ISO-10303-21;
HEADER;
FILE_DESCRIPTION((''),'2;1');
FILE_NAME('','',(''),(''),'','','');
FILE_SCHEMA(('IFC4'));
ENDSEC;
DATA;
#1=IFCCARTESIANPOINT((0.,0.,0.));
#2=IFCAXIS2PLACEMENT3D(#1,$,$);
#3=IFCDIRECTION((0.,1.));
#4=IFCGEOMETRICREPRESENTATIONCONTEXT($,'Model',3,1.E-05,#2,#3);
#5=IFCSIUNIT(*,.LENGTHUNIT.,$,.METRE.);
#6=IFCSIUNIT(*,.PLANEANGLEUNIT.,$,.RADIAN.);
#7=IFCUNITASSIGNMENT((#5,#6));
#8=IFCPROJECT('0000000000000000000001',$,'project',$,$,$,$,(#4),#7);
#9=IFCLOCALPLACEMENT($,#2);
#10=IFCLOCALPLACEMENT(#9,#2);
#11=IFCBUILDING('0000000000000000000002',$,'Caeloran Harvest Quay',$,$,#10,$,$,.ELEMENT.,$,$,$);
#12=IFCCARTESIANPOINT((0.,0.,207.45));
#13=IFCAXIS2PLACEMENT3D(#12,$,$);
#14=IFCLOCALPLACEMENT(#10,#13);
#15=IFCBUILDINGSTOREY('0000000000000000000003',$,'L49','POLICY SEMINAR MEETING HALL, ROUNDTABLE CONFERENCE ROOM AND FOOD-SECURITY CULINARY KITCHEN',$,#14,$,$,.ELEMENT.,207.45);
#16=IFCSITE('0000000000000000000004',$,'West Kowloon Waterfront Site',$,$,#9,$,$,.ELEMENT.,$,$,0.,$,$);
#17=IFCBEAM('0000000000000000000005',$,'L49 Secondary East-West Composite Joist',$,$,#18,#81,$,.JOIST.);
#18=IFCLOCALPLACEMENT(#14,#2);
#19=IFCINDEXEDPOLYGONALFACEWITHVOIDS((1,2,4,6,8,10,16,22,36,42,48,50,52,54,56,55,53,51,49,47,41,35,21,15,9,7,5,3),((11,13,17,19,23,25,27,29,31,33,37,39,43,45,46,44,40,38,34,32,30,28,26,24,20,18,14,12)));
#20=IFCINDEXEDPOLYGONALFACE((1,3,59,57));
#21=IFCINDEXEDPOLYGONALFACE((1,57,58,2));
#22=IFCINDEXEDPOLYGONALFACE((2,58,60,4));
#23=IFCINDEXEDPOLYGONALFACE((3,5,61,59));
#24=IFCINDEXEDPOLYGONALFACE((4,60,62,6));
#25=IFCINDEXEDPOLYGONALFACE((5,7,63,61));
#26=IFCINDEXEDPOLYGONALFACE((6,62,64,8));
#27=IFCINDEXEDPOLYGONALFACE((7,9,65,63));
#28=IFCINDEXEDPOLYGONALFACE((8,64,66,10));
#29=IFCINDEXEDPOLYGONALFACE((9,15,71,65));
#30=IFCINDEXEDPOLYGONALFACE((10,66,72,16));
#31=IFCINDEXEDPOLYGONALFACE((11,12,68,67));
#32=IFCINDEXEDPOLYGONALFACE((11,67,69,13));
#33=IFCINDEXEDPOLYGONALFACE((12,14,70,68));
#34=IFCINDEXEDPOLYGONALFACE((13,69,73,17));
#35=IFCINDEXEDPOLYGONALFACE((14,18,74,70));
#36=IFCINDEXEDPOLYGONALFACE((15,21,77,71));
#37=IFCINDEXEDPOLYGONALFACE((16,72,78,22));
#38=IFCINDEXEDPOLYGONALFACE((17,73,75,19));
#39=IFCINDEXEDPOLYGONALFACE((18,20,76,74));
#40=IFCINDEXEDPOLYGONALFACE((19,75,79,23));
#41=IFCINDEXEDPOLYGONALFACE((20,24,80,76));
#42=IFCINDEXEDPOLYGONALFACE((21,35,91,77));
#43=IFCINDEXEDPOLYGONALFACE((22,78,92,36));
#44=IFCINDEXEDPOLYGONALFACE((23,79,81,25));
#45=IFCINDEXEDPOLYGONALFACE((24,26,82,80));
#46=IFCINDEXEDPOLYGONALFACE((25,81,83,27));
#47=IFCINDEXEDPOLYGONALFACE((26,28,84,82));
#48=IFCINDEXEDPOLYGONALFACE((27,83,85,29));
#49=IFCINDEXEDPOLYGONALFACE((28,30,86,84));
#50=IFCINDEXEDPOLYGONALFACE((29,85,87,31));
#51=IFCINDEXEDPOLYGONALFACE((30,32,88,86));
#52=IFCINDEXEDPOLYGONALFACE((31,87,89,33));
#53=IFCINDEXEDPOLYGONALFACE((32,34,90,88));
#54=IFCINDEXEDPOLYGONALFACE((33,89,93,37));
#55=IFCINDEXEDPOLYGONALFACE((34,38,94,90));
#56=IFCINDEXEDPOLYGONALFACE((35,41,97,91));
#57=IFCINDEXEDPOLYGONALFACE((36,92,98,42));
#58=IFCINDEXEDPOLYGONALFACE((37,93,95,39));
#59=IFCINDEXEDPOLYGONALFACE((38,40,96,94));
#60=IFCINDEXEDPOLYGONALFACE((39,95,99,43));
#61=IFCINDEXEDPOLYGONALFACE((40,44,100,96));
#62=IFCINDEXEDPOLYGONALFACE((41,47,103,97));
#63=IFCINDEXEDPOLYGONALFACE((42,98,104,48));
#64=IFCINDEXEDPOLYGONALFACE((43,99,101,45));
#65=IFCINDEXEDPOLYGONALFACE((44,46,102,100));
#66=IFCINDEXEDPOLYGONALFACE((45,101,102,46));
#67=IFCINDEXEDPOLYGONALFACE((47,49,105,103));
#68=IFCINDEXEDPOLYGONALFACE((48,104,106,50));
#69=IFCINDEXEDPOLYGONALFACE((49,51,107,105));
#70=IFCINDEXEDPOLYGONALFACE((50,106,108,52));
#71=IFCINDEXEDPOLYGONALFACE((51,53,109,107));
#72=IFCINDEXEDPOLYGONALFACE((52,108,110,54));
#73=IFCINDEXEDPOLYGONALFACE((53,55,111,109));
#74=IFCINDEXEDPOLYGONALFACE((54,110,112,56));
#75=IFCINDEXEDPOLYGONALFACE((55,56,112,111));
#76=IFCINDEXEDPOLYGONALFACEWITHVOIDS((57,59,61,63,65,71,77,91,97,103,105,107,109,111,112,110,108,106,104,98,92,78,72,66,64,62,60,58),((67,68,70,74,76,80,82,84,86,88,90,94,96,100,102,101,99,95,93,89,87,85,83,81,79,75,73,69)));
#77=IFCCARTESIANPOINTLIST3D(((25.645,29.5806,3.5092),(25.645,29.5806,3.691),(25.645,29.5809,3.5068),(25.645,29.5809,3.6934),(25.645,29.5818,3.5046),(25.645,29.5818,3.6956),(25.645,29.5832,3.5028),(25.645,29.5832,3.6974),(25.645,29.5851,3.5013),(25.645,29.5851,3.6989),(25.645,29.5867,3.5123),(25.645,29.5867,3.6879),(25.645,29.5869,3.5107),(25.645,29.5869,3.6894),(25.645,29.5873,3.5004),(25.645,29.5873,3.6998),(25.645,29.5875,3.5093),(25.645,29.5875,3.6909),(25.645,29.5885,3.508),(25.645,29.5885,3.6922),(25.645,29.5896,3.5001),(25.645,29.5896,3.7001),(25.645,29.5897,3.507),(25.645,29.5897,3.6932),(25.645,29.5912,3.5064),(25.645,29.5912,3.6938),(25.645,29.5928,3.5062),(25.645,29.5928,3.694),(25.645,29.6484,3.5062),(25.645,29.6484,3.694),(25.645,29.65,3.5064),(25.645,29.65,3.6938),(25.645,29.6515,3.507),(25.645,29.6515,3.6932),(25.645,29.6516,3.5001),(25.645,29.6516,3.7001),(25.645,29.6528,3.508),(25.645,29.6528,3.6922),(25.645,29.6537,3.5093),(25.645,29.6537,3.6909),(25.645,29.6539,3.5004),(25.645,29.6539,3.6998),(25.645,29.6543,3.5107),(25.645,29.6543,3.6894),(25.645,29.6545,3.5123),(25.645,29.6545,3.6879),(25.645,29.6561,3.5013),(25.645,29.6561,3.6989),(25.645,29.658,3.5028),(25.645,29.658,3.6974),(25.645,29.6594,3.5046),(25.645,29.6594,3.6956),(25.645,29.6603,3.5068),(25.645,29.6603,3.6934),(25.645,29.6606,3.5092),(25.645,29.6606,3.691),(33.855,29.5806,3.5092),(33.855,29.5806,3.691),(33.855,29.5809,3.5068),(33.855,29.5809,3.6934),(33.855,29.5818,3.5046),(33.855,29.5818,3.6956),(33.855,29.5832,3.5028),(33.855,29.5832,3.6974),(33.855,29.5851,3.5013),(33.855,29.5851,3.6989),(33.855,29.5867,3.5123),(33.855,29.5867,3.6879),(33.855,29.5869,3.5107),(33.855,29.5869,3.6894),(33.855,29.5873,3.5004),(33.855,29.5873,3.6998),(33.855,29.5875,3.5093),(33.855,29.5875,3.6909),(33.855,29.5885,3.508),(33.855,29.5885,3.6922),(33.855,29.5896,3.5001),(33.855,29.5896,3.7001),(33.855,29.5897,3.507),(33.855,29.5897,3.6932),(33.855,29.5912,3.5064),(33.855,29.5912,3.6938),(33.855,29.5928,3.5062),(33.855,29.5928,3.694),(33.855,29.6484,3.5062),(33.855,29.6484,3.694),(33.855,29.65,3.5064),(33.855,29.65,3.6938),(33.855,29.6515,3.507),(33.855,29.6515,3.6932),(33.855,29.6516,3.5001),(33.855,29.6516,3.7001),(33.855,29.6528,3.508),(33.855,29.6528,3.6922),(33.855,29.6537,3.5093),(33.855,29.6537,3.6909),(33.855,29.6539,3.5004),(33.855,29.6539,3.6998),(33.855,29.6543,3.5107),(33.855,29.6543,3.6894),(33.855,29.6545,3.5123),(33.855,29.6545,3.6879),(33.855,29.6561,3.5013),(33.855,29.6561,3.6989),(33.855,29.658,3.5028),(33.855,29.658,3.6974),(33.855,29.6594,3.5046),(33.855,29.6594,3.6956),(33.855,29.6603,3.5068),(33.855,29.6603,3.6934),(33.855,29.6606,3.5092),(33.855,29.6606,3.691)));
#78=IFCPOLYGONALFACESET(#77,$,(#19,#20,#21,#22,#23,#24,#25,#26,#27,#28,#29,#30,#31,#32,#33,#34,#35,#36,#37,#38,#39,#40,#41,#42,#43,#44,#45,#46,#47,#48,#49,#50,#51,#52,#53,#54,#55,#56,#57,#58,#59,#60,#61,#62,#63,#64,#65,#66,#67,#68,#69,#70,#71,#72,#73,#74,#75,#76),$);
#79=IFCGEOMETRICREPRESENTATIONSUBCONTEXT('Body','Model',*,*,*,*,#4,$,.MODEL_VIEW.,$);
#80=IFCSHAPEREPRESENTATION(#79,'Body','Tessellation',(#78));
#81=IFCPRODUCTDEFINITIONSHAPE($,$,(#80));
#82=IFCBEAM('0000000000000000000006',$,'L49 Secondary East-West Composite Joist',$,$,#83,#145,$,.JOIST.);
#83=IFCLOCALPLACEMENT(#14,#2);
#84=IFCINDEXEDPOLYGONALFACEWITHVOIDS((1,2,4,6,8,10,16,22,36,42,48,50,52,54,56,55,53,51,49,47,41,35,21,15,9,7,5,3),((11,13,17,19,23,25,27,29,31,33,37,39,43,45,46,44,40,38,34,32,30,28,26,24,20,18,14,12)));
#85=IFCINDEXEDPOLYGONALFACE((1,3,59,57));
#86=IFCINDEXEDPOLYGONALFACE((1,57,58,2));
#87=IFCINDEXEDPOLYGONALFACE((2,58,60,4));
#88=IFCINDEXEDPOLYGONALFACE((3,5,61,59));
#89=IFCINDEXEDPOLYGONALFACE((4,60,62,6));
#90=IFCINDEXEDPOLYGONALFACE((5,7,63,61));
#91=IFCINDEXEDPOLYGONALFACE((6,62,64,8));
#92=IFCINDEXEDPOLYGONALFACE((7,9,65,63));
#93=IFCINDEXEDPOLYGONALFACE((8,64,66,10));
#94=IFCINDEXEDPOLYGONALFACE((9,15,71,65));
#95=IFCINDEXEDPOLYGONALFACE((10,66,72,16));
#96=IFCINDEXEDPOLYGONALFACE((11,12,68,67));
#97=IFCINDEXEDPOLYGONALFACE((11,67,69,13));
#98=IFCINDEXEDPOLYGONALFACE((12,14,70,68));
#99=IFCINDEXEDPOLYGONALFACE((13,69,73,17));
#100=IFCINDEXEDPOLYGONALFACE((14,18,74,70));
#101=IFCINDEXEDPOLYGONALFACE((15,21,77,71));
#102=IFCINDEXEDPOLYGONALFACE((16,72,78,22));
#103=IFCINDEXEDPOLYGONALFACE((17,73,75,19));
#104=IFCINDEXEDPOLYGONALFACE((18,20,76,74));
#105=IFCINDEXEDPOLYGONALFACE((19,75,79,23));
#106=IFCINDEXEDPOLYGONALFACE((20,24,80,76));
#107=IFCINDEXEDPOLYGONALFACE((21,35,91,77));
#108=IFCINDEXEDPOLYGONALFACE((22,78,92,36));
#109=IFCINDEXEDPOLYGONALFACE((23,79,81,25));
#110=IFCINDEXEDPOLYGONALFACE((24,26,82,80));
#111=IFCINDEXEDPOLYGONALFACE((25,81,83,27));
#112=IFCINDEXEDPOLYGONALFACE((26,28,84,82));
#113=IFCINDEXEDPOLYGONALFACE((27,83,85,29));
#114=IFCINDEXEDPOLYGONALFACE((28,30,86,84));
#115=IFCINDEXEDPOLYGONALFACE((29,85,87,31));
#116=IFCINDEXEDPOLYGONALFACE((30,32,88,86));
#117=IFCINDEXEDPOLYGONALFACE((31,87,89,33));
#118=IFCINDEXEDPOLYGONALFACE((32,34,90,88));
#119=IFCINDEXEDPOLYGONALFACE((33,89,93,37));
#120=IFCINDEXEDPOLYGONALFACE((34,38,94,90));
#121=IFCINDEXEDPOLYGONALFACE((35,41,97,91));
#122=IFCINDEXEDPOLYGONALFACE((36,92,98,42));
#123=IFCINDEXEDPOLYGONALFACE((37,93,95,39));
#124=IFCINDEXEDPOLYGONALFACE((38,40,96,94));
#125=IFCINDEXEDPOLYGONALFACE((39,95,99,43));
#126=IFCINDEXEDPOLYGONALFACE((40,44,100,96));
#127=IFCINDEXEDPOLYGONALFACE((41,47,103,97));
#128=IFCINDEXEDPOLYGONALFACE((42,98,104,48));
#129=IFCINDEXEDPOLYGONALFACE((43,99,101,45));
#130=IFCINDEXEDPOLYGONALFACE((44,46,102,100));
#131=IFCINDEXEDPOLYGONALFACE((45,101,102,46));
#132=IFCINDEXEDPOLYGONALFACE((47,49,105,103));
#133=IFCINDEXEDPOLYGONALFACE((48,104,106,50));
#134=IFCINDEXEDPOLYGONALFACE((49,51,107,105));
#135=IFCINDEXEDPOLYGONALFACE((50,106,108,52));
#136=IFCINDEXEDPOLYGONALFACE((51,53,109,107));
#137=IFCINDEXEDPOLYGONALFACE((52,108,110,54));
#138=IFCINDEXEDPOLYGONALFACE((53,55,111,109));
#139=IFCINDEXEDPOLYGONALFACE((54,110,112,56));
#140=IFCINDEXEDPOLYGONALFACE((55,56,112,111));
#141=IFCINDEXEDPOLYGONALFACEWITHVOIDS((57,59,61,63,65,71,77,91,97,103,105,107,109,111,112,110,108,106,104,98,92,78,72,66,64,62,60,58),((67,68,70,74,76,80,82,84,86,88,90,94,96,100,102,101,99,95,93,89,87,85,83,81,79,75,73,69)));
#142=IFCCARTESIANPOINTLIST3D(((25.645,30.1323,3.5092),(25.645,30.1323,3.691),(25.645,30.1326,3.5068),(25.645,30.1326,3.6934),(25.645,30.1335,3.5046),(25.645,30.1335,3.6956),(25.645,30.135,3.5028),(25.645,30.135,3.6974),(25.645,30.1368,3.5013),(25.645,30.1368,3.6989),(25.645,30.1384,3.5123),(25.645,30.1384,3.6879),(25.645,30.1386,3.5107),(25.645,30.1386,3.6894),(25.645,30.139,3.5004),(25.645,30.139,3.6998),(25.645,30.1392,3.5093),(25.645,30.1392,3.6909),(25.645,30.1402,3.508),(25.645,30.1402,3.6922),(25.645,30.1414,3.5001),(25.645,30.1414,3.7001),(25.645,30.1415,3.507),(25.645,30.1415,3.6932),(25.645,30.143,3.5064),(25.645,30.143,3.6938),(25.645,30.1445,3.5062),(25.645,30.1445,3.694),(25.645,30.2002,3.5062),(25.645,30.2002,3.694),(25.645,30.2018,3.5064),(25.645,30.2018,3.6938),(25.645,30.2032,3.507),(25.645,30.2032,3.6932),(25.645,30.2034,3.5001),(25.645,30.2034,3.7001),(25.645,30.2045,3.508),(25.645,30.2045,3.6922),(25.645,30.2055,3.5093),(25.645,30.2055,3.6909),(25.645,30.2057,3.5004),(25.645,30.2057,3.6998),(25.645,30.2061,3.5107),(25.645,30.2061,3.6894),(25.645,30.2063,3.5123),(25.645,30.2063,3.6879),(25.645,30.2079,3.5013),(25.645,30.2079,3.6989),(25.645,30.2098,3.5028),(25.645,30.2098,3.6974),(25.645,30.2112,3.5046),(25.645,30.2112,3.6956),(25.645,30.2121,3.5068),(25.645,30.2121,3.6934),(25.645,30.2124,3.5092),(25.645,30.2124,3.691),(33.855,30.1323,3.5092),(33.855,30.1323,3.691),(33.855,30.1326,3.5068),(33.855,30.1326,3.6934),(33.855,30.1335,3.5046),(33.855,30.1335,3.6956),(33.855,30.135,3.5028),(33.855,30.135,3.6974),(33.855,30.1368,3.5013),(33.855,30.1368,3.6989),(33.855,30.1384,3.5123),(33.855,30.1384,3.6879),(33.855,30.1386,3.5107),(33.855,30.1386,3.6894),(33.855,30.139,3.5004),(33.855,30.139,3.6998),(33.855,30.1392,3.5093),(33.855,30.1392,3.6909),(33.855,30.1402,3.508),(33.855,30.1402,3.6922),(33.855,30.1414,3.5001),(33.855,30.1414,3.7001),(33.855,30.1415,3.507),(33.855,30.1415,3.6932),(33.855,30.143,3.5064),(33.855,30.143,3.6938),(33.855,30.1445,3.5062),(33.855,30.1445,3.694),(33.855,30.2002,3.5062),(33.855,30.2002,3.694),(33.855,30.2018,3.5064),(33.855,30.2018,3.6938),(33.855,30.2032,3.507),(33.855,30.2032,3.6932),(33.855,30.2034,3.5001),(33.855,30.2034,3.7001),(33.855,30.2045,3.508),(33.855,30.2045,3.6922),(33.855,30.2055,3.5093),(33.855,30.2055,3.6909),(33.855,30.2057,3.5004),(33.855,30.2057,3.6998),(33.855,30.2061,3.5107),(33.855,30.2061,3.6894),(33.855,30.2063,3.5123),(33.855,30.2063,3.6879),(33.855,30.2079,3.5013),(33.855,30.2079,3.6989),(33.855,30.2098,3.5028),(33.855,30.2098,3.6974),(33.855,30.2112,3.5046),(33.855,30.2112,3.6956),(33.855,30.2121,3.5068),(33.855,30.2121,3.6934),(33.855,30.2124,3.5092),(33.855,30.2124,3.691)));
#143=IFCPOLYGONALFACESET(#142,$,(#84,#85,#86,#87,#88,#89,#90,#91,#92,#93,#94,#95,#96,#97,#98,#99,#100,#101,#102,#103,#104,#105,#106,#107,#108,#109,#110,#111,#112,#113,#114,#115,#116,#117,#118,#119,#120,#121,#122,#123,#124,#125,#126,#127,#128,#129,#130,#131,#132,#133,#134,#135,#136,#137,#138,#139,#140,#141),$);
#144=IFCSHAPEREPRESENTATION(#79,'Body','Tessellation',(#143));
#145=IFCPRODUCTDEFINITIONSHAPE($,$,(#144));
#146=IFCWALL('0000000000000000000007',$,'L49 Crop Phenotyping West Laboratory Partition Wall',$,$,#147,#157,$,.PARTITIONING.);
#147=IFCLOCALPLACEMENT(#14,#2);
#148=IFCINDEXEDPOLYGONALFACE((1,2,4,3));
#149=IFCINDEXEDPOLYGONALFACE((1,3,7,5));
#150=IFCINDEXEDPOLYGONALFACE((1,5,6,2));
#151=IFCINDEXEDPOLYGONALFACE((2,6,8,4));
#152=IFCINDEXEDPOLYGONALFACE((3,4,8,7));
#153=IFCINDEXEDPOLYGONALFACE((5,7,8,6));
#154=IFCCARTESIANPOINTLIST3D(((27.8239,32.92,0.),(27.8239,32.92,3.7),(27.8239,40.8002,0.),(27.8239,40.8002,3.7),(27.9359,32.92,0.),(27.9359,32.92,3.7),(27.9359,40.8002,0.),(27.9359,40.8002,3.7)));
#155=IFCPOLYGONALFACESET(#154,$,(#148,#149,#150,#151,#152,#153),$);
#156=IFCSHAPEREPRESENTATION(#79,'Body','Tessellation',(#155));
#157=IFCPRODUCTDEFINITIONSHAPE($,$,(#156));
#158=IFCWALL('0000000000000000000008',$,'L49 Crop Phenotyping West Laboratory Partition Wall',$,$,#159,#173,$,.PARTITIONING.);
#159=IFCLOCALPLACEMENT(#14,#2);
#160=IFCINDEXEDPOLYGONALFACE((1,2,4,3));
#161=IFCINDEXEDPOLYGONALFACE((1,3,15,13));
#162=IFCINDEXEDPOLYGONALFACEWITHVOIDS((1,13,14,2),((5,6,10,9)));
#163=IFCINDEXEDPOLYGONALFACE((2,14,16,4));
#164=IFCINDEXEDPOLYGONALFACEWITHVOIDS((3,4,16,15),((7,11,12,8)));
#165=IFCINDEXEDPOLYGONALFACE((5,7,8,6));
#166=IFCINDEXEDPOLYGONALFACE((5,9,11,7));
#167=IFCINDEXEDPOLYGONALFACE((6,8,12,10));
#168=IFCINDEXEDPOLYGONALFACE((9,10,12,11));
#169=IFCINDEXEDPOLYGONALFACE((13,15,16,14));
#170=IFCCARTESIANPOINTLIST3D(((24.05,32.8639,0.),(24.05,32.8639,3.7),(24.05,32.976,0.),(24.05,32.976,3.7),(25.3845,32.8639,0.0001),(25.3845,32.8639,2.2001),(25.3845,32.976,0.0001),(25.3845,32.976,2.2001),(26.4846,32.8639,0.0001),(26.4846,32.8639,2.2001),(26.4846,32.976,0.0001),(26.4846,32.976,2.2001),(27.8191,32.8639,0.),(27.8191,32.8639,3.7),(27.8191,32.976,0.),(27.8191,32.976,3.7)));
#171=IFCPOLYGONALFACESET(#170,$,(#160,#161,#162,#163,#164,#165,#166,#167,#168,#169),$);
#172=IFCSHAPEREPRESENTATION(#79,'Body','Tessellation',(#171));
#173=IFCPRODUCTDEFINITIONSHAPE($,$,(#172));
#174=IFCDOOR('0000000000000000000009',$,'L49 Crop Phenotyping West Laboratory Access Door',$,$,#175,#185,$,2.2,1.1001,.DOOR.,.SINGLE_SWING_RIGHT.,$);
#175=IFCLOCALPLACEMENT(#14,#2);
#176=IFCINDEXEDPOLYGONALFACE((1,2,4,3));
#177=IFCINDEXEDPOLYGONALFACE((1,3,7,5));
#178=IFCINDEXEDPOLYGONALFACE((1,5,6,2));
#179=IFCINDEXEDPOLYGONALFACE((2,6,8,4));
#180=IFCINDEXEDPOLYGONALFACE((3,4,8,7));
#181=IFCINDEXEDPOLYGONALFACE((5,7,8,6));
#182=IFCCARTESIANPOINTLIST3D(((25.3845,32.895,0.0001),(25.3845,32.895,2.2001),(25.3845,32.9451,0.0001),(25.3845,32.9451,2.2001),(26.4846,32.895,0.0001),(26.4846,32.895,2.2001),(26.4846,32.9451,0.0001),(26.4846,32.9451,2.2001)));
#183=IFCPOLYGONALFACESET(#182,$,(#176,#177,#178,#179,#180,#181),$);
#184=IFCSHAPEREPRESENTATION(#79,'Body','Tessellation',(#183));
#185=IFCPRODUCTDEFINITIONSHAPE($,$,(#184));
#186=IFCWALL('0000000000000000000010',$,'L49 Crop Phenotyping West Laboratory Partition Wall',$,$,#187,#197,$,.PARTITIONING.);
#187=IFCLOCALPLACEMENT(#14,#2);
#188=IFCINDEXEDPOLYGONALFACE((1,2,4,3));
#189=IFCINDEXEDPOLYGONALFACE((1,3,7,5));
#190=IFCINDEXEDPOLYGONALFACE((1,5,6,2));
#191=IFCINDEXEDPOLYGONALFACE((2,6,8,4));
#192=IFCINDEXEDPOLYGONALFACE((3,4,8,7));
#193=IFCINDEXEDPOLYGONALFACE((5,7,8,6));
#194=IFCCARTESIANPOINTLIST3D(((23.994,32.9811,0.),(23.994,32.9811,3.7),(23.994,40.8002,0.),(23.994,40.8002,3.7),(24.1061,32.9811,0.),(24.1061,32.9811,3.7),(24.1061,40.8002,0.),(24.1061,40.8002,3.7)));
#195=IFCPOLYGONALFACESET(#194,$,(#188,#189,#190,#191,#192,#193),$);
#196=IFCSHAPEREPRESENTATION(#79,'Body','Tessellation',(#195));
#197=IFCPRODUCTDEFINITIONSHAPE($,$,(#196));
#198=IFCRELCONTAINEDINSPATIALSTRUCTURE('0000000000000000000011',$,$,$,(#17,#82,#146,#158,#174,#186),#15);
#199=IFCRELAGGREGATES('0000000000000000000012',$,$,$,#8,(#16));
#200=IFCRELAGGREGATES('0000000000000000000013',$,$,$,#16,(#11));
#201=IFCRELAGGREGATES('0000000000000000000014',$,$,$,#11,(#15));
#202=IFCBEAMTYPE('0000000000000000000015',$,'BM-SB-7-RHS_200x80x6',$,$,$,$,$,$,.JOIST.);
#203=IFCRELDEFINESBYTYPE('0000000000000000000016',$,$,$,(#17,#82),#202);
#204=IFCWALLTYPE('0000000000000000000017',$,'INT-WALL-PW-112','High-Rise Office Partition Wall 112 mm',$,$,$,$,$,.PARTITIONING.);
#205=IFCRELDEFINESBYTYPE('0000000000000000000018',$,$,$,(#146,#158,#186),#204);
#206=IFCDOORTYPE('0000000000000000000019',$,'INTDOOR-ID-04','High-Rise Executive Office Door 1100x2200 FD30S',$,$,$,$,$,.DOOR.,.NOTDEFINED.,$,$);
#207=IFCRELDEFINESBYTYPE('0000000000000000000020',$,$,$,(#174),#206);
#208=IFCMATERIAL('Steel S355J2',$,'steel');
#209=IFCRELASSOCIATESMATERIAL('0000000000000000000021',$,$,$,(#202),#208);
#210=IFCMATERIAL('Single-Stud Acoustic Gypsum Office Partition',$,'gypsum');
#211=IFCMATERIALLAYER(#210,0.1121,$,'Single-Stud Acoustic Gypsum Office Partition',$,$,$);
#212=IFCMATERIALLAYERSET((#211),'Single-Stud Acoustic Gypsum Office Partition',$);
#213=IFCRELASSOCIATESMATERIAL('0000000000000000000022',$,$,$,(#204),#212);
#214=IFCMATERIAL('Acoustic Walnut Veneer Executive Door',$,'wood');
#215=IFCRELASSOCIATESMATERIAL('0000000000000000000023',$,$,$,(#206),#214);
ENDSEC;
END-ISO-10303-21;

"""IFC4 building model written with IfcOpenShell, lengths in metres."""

from ifc_helpers import new_model, si_unit, direction, frame, frame_2d, origin, origin_2d, place, context, subcontext, project, spatial, rectangle, hollow_rectangle, extrude, material, layer, layer_set, material_profile, profile_set, type_object, element, fill, save


model = new_model("IFC4")

# Units and contexts
model_context = context("Model", 3, precision=1e-05, world=origin(), true_north=direction((0.0, 1.0)))
body_context = subcontext(model_context, "Body", "Model", "MODEL_VIEW")
ifc_project = project(units=[si_unit("LENGTHUNIT", "METRE"), si_unit("PLANEANGLEUNIT", "RADIAN")], contexts=[model_context])

# Site, building, storey
site_placement = place(None, origin())
site = spatial("IfcSite", under=ifc_project, at=site_placement, Name="West Kowloon Waterfront Site", CompositionType="ELEMENT", RefElevation=0.0)
building_placement = place(site_placement, origin())
building = spatial("IfcBuilding", under=site, at=building_placement, Name="Caeloran Harvest Quay", CompositionType="ELEMENT")
storey_placement = place(building_placement, frame((0.0, 0.0, 207.45)))
storey = spatial("IfcBuildingStorey", under=building, at=storey_placement, Name="L49", Description="POLICY SEMINAR MEETING HALL, ROUNDTABLE CONFERENCE ROOM AND FOOD-SECURITY CULINARY KITCHEN", CompositionType="ELEMENT", Elevation=207.45)

# Beams
ifc_material_1 = material(Name="Steel S355J2", Category="steel")
ifc_material_profile_1 = material_profile(ifc_material_1, hollow_rectangle(XDim=0.0801, YDim=0.2, WallThickness=0.0061, InnerFilletRadius=0.0061, OuterFilletRadius=0.009, at=origin_2d()), Name="RHS 200x80x6")
ifc_profile_set_1 = profile_set([ifc_material_profile_1], Name="Steel S355J2")
beam_type_1 = type_object("IfcBeamType", Name="BM-SB-7-RHS_200x80x6", PredefinedType="JOIST", material=ifc_profile_set_1)
for number, where, z_axis, x_axis, name in (
    (1, (25.645, 29.6206, 3.6001), (1.0, 0.0, 0.0), (0.0, 1.0, 0.0), "L49 Secondary East-West Composite Joist"),
    (2, (25.645, 30.1724, 3.6001), (1.0, 0.0, 0.0), (0.0, 1.0, 0.0), "L49 Secondary East-West Composite Joist"),
):
    element("IfcBeam", number, at=place(storey_placement, frame(where, z_axis=z_axis, x_axis=x_axis)), inside=storey, type_object=beam_type_1, Name=name, PredefinedType="JOIST", context=body_context, shape_type="SweptSolid", body=[
        extrude(hollow_rectangle(XDim=0.0801, YDim=0.2, WallThickness=0.0061, InnerFilletRadius=0.0061, OuterFilletRadius=0.009, at=origin_2d()), origin(), (0.0, 0.0, 1.0), 8.21),
    ])

# Wall
ifc_material_2 = material(Name="Single-Stud Acoustic Gypsum Office Partition", Category="gypsum")
ifc_layer_1 = layer(ifc_material_2, 0.1121, Name="Single-Stud Acoustic Gypsum Office Partition")
ifc_layer_set_1 = layer_set([ifc_layer_1], Name="Single-Stud Acoustic Gypsum Office Partition")
wall_type_1 = type_object("IfcWallType", Name="INT-WALL-PW-112", Description="High-Rise Office Partition Wall 112 mm", PredefinedType="PARTITIONING", material=ifc_layer_set_1)
wall_1_placement = place(storey_placement, frame((27.8799, 40.8, 0.0), z_axis=(0.0, 0.0, 1.0), x_axis=(0.0, -1.0, 0.0)))
element("IfcWall", 3, at=wall_1_placement, inside=storey, type_object=wall_type_1, Name="L49 Crop Phenotyping West Laboratory Partition Wall", PredefinedType="PARTITIONING", context=body_context, shape_type="SweptSolid", body=[
    extrude(rectangle(XDim=7.8801, YDim=0.1121, at=frame_2d((3.9399, 0.0))), origin(), (0.0, 0.0, 1.0), 3.7),
])

# Wall, opening, door
wall_2_placement = place(storey_placement, frame((27.8191, 32.9199, 0.0), z_axis=(0.0, 0.0, 1.0), x_axis=(-1.0, 0.0, 0.0)))
wall_2 = element("IfcWall", 4, at=wall_2_placement, inside=storey, type_object=wall_type_1, Name="L49 Crop Phenotyping West Laboratory Partition Wall", PredefinedType="PARTITIONING", context=body_context, shape_type="SweptSolid", body=[
    extrude(rectangle(XDim=3.769, YDim=0.1121, at=frame_2d((1.8845, 0.0))), origin(), (0.0, 0.0, 1.0), 3.7),
])
opening_1_placement = place(wall_2_placement, frame((1.3345, 0.0, 0.0)))
opening_1 = element("IfcOpeningElement", 5, at=opening_1_placement, cuts=wall_2, PredefinedType="OPENING", context=body_context, shape_type="SweptSolid", body=[
    extrude(rectangle(XDim=1.1001, YDim=2.2, at=frame_2d((0.55, 1.1001))), frame((0.0, 0.0659, 0.0), z_axis=(0.0, -1.0, 0.0), x_axis=(1.0, 0.0, 0.0)), (0.0, 0.0, 1.0), 0.1321),
])
ifc_material_3 = material(Name="Acoustic Walnut Veneer Executive Door", Category="wood")
door_type = type_object("IfcDoorType", Name="INTDOOR-ID-04", Description="High-Rise Executive Office Door 1100x2200 FD30S", OperationType="NOTDEFINED", PredefinedType="DOOR", material=ifc_material_3)
door_1_placement = place(opening_1_placement, origin())
door_1 = element("IfcDoor", 6, at=door_1_placement, inside=storey, type_object=door_type, Name="L49 Crop Phenotyping West Laboratory Access Door", OperationType="SINGLE_SWING_RIGHT", OverallHeight=2.2, OverallWidth=1.1001, PredefinedType="DOOR", context=body_context, shape_type="SweptSolid", body=[
    extrude(rectangle(XDim=1.1001, YDim=2.2, at=frame_2d((0.55, 1.1001))), frame((0.0, 0.0249, 0.0), z_axis=(0.0, -1.0, 0.0), x_axis=(1.0, 0.0, 0.0)), (0.0, 0.0, 1.0), 0.05),
])
fill(opening_1, door_1)

# Wall
wall_3_placement = place(storey_placement, frame((24.05, 32.981, 0.0), z_axis=(0.0, 0.0, 1.0), x_axis=(0.0, 1.0, 0.0)))
element("IfcWall", 7, at=wall_3_placement, inside=storey, type_object=wall_type_1, Name="L49 Crop Phenotyping West Laboratory Partition Wall", PredefinedType="PARTITIONING", context=body_context, shape_type="SweptSolid", body=[
    extrude(rectangle(XDim=7.8191, YDim=0.1121, at=frame_2d((3.9097, 0.0))), origin(), (0.0, 0.0, 1.0), 3.7),
])

save(model, "model.ifc")
